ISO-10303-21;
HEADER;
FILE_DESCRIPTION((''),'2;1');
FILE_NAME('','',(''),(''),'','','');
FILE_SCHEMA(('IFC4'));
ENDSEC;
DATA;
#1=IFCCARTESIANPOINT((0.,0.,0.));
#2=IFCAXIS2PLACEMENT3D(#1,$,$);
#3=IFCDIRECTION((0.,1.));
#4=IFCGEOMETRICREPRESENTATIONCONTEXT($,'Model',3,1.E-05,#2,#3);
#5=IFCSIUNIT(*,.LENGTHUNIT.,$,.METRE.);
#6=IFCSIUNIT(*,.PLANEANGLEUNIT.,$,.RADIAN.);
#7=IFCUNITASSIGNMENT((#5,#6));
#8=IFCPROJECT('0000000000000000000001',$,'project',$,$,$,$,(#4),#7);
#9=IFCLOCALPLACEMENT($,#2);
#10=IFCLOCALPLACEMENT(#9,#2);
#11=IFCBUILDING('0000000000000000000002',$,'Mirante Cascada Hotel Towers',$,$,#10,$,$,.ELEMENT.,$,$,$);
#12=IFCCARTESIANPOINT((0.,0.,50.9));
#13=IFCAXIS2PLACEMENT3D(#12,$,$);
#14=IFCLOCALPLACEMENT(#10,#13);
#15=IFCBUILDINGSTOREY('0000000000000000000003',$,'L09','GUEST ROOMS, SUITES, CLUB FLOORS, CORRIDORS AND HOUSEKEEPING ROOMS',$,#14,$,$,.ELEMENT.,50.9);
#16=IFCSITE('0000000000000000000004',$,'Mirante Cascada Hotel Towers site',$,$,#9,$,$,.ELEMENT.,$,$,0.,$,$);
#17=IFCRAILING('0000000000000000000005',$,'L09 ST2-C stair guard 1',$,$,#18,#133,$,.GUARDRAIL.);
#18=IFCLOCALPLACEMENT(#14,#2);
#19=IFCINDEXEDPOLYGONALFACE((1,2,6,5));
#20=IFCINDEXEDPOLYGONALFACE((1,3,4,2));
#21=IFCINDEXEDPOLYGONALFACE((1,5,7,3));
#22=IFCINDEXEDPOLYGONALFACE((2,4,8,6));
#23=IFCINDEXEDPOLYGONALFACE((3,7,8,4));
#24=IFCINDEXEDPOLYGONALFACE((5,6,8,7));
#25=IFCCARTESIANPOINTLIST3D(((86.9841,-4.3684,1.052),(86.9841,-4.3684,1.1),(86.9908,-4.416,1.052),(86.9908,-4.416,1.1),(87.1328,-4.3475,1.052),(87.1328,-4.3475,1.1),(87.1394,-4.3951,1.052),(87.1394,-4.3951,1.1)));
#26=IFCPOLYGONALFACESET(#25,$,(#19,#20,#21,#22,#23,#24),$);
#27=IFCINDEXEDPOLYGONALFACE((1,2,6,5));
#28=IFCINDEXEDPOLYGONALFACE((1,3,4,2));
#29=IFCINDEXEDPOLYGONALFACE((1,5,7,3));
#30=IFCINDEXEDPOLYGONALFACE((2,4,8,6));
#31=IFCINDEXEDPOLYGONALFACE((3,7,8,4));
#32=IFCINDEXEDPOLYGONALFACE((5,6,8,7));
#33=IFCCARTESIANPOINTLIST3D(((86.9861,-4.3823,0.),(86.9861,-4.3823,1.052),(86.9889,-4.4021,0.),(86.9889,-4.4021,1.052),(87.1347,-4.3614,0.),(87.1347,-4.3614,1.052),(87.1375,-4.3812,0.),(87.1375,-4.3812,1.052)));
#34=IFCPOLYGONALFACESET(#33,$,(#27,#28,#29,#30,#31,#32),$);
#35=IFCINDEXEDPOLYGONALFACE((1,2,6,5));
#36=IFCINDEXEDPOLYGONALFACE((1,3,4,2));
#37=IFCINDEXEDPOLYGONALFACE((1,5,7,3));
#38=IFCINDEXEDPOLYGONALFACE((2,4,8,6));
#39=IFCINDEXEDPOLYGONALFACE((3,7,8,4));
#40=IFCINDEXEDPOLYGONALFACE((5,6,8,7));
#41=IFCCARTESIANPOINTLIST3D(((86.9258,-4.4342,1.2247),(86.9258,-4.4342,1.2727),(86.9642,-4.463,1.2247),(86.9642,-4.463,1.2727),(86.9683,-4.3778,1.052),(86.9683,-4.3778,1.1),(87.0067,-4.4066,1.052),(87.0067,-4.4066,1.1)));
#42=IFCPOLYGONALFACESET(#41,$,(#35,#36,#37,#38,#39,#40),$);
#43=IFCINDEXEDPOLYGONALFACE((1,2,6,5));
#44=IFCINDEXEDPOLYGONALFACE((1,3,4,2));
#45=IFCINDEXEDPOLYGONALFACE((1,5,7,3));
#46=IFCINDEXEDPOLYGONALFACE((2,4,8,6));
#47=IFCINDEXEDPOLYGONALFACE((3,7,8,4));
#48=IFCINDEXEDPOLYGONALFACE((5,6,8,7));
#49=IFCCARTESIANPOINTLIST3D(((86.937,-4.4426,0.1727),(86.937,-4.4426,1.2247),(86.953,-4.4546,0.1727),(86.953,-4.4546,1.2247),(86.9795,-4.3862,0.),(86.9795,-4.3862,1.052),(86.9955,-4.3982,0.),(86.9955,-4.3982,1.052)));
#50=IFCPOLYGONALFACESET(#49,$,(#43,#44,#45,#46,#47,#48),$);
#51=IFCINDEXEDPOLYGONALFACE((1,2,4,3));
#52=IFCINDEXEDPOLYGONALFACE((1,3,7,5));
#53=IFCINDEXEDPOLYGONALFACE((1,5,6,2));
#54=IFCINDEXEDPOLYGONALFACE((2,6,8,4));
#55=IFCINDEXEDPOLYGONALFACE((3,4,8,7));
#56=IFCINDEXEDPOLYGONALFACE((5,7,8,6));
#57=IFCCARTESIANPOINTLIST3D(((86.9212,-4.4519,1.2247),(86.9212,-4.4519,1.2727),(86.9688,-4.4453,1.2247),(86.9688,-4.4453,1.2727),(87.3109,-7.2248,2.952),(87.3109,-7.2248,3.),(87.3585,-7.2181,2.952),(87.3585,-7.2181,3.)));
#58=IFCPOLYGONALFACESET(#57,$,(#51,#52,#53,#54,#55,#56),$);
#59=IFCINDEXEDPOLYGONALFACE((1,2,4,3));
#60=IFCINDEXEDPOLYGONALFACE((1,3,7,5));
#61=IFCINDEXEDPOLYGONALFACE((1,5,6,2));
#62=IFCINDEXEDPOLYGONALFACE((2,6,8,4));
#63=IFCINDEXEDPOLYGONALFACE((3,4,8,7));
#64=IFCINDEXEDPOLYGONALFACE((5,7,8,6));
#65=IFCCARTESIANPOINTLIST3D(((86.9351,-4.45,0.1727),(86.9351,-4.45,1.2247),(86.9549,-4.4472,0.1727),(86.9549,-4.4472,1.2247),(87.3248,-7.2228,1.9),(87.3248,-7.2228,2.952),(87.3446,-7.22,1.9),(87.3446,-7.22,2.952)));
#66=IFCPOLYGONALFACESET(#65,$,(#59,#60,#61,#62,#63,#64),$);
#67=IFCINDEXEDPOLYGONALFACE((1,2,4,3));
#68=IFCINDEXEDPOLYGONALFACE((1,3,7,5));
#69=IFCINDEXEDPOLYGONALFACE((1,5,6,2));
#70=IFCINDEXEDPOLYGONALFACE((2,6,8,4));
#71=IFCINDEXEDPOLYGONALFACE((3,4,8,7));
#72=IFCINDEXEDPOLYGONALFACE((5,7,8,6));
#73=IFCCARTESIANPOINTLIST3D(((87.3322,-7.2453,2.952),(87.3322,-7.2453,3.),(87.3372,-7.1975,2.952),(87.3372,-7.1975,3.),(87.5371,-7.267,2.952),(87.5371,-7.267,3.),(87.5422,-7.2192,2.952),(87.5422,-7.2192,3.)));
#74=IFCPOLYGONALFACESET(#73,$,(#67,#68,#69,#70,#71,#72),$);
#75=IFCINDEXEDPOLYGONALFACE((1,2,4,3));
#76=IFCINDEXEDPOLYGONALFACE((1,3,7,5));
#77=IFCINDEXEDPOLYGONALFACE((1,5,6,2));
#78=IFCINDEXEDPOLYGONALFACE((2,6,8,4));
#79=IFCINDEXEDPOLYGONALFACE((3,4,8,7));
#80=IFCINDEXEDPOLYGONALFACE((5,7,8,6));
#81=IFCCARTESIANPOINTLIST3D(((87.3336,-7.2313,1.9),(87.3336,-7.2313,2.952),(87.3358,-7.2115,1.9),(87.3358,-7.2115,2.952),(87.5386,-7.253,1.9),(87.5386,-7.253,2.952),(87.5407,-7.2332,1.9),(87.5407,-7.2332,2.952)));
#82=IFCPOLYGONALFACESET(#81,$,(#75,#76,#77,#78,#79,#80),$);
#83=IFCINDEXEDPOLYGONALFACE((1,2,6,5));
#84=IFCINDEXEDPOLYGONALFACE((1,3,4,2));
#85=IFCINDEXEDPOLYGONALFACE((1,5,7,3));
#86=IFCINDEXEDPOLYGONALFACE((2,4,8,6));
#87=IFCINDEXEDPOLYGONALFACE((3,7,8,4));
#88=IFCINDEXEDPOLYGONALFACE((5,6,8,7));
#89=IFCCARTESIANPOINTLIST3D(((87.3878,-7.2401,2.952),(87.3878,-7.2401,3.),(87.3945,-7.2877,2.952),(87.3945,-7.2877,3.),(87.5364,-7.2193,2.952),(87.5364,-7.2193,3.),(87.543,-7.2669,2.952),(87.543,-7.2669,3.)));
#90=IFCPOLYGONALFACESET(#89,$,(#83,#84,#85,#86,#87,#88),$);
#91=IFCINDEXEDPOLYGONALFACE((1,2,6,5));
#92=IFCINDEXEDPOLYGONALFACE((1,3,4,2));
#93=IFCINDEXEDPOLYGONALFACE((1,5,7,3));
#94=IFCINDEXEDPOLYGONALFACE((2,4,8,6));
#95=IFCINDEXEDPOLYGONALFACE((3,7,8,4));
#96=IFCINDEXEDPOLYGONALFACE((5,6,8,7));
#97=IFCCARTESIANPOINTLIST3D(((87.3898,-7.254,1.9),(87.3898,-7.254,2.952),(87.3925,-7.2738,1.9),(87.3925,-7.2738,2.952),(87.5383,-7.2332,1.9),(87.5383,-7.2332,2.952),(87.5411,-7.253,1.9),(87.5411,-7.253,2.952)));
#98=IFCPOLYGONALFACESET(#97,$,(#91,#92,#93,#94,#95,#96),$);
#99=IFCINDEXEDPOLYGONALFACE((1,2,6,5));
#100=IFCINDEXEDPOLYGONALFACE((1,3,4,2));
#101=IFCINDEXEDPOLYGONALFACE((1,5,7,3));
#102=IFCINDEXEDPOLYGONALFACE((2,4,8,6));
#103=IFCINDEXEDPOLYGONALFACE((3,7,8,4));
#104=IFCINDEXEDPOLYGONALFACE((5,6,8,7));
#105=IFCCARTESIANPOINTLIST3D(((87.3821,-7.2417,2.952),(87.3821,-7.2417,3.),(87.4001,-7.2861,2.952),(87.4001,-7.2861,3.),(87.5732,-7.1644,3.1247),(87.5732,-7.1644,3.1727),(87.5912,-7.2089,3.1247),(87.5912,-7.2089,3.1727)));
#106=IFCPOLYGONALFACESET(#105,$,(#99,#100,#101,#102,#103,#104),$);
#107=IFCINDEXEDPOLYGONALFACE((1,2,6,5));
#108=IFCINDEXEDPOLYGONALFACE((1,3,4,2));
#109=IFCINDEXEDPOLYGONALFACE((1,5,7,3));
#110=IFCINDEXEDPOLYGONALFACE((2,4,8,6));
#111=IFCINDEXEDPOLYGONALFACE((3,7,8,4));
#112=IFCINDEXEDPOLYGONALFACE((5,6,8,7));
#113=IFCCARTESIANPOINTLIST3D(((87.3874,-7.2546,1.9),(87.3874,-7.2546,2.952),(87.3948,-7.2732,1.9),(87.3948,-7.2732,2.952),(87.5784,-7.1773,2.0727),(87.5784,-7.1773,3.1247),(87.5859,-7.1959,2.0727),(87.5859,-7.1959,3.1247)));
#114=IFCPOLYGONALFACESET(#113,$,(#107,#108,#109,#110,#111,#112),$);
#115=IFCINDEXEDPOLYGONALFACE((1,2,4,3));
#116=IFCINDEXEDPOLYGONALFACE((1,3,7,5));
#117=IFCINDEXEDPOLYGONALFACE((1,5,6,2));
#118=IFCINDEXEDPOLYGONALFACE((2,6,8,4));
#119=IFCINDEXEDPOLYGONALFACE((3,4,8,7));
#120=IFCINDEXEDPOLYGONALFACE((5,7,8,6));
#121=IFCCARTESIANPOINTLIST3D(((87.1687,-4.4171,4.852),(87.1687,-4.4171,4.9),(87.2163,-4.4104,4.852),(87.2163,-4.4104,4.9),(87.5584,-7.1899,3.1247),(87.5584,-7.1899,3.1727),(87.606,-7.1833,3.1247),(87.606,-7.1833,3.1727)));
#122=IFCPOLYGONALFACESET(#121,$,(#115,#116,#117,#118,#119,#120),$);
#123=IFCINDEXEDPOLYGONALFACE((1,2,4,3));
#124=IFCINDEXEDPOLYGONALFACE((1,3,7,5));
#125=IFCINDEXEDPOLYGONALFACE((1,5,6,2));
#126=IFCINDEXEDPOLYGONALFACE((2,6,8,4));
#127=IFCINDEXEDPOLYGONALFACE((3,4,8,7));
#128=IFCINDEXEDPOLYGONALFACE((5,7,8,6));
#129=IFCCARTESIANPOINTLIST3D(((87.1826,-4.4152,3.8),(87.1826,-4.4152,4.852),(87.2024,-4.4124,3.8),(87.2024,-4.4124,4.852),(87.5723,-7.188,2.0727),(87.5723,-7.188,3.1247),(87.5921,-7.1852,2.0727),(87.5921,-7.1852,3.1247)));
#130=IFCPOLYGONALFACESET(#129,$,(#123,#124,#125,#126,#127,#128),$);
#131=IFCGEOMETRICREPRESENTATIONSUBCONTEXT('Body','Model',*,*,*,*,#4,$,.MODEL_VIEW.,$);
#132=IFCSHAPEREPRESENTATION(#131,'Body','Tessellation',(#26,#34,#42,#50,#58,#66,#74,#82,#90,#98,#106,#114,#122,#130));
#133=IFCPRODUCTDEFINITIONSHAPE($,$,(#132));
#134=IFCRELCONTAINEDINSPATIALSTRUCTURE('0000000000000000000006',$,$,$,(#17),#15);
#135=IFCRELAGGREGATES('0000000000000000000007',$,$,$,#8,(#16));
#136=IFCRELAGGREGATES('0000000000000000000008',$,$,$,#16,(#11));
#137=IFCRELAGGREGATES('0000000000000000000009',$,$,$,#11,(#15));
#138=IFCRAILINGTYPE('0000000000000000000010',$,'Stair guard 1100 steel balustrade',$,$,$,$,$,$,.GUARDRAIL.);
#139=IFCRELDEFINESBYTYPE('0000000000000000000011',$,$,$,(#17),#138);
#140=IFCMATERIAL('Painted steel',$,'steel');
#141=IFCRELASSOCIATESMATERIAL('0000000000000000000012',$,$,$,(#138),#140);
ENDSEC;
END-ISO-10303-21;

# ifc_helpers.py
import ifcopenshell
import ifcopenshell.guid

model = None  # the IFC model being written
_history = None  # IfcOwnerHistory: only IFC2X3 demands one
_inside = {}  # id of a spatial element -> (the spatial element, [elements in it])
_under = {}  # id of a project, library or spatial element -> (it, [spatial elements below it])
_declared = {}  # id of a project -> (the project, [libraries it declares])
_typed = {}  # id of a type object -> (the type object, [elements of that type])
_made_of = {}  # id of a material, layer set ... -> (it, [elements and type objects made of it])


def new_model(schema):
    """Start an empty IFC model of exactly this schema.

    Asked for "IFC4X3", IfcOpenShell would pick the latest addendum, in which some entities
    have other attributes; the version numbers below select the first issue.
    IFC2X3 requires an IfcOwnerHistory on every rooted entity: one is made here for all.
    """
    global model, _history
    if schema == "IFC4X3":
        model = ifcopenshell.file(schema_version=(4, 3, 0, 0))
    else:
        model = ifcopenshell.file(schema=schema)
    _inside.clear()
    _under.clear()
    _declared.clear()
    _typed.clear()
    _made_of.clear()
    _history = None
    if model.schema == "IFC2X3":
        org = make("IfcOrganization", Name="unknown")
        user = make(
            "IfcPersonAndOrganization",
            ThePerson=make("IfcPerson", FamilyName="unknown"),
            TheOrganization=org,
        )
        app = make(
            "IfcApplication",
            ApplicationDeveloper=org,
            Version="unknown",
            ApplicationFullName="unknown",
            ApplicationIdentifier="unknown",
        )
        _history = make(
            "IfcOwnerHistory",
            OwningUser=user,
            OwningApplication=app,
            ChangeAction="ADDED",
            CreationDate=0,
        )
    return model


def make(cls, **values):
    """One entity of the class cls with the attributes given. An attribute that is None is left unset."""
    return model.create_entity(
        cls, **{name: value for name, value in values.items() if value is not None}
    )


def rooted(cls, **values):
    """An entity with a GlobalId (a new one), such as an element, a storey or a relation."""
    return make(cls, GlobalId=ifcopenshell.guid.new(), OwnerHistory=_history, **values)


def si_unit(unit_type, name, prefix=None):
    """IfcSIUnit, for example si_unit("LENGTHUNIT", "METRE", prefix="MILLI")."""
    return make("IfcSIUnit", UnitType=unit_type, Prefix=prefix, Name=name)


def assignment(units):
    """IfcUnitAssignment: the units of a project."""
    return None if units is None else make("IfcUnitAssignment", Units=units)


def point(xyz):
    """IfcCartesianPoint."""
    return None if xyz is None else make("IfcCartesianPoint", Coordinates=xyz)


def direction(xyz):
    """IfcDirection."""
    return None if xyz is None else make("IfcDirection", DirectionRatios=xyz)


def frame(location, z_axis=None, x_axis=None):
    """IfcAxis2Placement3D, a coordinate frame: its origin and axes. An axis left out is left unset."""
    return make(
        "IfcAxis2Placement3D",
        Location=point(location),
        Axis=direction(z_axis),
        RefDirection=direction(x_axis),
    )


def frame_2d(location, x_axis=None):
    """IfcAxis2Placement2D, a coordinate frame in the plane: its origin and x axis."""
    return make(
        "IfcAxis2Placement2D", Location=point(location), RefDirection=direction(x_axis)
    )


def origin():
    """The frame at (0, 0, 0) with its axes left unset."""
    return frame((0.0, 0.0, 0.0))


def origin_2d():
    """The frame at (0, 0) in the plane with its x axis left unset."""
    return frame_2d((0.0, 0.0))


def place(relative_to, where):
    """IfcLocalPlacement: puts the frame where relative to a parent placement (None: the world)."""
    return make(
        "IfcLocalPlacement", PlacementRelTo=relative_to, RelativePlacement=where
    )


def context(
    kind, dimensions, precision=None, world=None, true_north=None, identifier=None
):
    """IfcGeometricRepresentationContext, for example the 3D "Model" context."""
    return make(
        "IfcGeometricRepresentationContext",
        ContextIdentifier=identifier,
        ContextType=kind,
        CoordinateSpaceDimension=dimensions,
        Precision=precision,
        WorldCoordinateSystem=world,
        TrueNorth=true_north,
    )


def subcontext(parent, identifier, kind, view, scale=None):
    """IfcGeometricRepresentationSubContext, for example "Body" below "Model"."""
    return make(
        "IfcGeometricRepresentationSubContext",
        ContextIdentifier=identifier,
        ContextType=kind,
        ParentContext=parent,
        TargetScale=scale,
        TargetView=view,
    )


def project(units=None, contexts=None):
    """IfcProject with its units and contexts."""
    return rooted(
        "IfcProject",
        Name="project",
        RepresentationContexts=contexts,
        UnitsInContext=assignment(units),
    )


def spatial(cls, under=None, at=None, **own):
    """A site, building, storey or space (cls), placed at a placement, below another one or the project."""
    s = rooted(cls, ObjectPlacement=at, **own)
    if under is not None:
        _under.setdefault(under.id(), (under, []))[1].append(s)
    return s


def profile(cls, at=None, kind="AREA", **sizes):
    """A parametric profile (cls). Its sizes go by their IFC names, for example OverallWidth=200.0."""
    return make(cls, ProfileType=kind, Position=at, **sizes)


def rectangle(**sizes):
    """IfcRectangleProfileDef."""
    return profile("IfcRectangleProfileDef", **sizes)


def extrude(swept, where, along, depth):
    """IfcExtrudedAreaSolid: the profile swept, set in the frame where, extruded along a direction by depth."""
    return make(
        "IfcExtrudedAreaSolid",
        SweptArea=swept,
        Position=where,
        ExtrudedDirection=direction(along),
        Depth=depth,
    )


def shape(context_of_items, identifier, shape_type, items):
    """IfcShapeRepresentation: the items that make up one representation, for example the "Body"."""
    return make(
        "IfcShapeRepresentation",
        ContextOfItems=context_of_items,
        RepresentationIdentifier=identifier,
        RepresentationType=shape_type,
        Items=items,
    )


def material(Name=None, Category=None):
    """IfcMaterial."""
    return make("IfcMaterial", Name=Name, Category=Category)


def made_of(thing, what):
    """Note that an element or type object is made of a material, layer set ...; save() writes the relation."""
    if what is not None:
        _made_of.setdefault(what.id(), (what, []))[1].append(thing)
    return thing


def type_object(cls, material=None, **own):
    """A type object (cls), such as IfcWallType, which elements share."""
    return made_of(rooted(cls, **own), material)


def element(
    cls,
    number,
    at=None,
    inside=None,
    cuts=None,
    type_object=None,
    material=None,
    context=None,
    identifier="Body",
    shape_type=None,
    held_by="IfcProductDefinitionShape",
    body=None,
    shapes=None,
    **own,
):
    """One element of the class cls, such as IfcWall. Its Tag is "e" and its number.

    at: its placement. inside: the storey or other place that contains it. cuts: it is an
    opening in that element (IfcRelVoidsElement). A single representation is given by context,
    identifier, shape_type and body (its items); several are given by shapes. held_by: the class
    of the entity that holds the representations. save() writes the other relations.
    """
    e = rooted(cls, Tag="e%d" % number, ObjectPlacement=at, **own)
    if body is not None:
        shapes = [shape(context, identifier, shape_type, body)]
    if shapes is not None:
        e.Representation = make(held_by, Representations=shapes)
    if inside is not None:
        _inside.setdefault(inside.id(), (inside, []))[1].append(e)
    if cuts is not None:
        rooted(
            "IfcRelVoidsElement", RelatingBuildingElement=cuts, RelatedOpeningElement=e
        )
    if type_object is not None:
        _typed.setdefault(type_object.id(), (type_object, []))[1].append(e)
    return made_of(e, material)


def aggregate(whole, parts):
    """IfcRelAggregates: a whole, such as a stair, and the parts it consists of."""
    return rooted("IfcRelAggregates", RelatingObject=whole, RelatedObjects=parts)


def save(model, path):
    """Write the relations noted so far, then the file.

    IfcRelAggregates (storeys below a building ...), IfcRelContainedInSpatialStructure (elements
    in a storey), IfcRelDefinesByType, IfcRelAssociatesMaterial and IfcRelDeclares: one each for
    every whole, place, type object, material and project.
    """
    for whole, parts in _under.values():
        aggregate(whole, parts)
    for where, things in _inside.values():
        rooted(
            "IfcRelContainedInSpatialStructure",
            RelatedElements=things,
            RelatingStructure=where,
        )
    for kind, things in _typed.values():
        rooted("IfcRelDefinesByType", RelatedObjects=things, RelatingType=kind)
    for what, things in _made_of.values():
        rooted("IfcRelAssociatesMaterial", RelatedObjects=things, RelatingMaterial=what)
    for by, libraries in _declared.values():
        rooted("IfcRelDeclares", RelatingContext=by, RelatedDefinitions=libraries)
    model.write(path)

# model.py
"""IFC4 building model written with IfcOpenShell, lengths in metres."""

from ifc_helpers import new_model, si_unit, direction, frame, origin, origin_2d, place, context, subcontext, project, spatial, rectangle, extrude, material, type_object, element, save


model = new_model("IFC4")

# Units and contexts
model_context = context("Model", 3, precision=1e-05, world=origin(), true_north=direction((0.0, 1.0)))
body_context = subcontext(model_context, "Body", "Model", "MODEL_VIEW")
ifc_project = project(units=[si_unit("LENGTHUNIT", "METRE"), si_unit("PLANEANGLEUNIT", "RADIAN")], contexts=[model_context])

# Site, building, storey
site_placement = place(None, origin())
site = spatial("IfcSite", under=ifc_project, at=site_placement, Name="Mirante Cascada Hotel Towers site", CompositionType="ELEMENT", RefElevation=0.0)
building_placement = place(site_placement, origin())
building = spatial("IfcBuilding", under=site, at=building_placement, Name="Mirante Cascada Hotel Towers", CompositionType="ELEMENT")
storey_placement = place(building_placement, frame((0.0, 0.0, 50.9)))
storey = spatial("IfcBuildingStorey", under=building, at=storey_placement, Name="L09", Description="GUEST ROOMS, SUITES, CLUB FLOORS, CORRIDORS AND HOUSEKEEPING ROOMS", CompositionType="ELEMENT", Elevation=50.9)

# Railing
ifc_material_1 = material(Name="Painted steel", Category="steel")
railing_type = type_object("IfcRailingType", Name="Stair guard 1100 steel balustrade", PredefinedType="GUARDRAIL", material=ifc_material_1)
railing_placement = place(storey_placement, frame((87.1361, -4.3713, 0.0)))
element("IfcRailing", 1, at=railing_placement, inside=storey, type_object=railing_type, Name="L09 ST2-C stair guard 1", PredefinedType="GUARDRAIL", context=body_context, shape_type="SweptSolid", body=[
    extrude(rectangle(XDim=0.048, YDim=0.048, at=origin_2d()), frame((0.0, 0.0, 1.076), z_axis=(-0.990254, -0.139275, 0.0), x_axis=(0.139275, -0.990254, 0.0)), (0.0, 0.0, 1.0), 0.1501),
    extrude(rectangle(XDim=0.02, YDim=1.052, at=origin_2d()), frame((0.0, 0.0, 0.526), z_axis=(-0.990254, -0.139275, 0.0), x_axis=(0.139275, -0.990254, 0.0)), (0.0, 0.0, 1.0), 0.1501),
    extrude(rectangle(XDim=0.048, YDim=0.048, at=origin_2d()), frame((-0.1486, -0.0209, 1.076), z_axis=(-0.601811, -0.798639, 0.0), x_axis=(0.798639, -0.601811, 0.0)), (0.0, 0.925603, 0.378496), 0.1866),
    extrude(rectangle(XDim=0.02, YDim=1.052, at=origin_2d()), frame((-0.1486, -0.0209, 0.526), z_axis=(-0.601811, -0.798639, 0.0), x_axis=(0.798639, -0.601811, 0.0)), (0.0, 0.925603, 0.378496), 0.1866),
    extrude(rectangle(XDim=0.048, YDim=0.048, at=origin_2d()), frame((-0.1911, -0.0773, 1.2487), z_axis=(0.139176, -0.990268, 0.0), x_axis=(0.990268, 0.139176, 0.0)), (0.0, 0.525021, 0.851089), 3.29),
    extrude(rectangle(XDim=0.02, YDim=1.052, at=origin_2d()), frame((-0.1911, -0.0773, 0.6987), z_axis=(0.139176, -0.990268, 0.0), x_axis=(0.990268, 0.139176, 0.0)), (0.0, 0.525021, 0.851089), 3.29),
    extrude(rectangle(XDim=0.048, YDim=0.048, at=origin_2d()), frame((0.1986, -2.8501, 2.976), z_axis=(0.994444, -0.105266, 0.0), x_axis=(0.105266, 0.994444, 0.0)), (0.0, 0.0, 1.0), 0.2061),
    extrude(rectangle(XDim=0.02, YDim=1.052, at=origin_2d()), frame((0.1986, -2.8501, 2.426), z_axis=(0.994444, -0.105266, 0.0), x_axis=(0.105266, 0.994444, 0.0)), (0.0, 0.0, 1.0), 0.2061),
    extrude(rectangle(XDim=0.048, YDim=0.048, at=origin_2d()), frame((0.4036, -2.8718, 2.976), z_axis=(-0.990345, -0.138622, 0.0), x_axis=(0.138622, -0.990345, 0.0)), (0.0, 0.0, 1.0), 0.15),
    extrude(rectangle(XDim=0.02, YDim=1.052, at=origin_2d()), frame((0.4036, -2.8718, 2.426), z_axis=(-0.990345, -0.138622, 0.0), x_axis=(0.138622, -0.990345, 0.0)), (0.0, 0.0, 1.0), 0.15),
    extrude(rectangle(XDim=0.048, YDim=0.048, at=origin_2d()), frame((0.255, -2.8926, 2.976), z_axis=(0.927031, 0.374984, 0.0), x_axis=(-0.374984, 0.927031, 0.0)), (0.0, 0.64219, 0.766545), 0.2689),
    extrude(rectangle(XDim=0.02, YDim=1.052, at=origin_2d()), frame((0.255, -2.8926, 2.426), z_axis=(0.927031, 0.374984, 0.0), x_axis=(-0.374984, 0.927031, 0.0)), (0.0, 0.64219, 0.766545), 0.2689),
    extrude(rectangle(XDim=0.048, YDim=0.048, at=origin_2d()), frame((0.4461, -2.8153, 3.1487), z_axis=(-0.139176, 0.990268, 0.0), x_axis=(-0.990268, -0.139176, 0.0)), (0.0, 0.525021, 0.851089), 3.29),
    extrude(rectangle(XDim=0.02, YDim=1.052, at=origin_2d()), frame((0.4461, -2.8153, 2.5987), z_axis=(-0.139176, 0.990268, 0.0), x_axis=(-0.990268, -0.139176, 0.0)), (0.0, 0.525021, 0.851089), 3.29),
])

save(model, "model.ifc")
